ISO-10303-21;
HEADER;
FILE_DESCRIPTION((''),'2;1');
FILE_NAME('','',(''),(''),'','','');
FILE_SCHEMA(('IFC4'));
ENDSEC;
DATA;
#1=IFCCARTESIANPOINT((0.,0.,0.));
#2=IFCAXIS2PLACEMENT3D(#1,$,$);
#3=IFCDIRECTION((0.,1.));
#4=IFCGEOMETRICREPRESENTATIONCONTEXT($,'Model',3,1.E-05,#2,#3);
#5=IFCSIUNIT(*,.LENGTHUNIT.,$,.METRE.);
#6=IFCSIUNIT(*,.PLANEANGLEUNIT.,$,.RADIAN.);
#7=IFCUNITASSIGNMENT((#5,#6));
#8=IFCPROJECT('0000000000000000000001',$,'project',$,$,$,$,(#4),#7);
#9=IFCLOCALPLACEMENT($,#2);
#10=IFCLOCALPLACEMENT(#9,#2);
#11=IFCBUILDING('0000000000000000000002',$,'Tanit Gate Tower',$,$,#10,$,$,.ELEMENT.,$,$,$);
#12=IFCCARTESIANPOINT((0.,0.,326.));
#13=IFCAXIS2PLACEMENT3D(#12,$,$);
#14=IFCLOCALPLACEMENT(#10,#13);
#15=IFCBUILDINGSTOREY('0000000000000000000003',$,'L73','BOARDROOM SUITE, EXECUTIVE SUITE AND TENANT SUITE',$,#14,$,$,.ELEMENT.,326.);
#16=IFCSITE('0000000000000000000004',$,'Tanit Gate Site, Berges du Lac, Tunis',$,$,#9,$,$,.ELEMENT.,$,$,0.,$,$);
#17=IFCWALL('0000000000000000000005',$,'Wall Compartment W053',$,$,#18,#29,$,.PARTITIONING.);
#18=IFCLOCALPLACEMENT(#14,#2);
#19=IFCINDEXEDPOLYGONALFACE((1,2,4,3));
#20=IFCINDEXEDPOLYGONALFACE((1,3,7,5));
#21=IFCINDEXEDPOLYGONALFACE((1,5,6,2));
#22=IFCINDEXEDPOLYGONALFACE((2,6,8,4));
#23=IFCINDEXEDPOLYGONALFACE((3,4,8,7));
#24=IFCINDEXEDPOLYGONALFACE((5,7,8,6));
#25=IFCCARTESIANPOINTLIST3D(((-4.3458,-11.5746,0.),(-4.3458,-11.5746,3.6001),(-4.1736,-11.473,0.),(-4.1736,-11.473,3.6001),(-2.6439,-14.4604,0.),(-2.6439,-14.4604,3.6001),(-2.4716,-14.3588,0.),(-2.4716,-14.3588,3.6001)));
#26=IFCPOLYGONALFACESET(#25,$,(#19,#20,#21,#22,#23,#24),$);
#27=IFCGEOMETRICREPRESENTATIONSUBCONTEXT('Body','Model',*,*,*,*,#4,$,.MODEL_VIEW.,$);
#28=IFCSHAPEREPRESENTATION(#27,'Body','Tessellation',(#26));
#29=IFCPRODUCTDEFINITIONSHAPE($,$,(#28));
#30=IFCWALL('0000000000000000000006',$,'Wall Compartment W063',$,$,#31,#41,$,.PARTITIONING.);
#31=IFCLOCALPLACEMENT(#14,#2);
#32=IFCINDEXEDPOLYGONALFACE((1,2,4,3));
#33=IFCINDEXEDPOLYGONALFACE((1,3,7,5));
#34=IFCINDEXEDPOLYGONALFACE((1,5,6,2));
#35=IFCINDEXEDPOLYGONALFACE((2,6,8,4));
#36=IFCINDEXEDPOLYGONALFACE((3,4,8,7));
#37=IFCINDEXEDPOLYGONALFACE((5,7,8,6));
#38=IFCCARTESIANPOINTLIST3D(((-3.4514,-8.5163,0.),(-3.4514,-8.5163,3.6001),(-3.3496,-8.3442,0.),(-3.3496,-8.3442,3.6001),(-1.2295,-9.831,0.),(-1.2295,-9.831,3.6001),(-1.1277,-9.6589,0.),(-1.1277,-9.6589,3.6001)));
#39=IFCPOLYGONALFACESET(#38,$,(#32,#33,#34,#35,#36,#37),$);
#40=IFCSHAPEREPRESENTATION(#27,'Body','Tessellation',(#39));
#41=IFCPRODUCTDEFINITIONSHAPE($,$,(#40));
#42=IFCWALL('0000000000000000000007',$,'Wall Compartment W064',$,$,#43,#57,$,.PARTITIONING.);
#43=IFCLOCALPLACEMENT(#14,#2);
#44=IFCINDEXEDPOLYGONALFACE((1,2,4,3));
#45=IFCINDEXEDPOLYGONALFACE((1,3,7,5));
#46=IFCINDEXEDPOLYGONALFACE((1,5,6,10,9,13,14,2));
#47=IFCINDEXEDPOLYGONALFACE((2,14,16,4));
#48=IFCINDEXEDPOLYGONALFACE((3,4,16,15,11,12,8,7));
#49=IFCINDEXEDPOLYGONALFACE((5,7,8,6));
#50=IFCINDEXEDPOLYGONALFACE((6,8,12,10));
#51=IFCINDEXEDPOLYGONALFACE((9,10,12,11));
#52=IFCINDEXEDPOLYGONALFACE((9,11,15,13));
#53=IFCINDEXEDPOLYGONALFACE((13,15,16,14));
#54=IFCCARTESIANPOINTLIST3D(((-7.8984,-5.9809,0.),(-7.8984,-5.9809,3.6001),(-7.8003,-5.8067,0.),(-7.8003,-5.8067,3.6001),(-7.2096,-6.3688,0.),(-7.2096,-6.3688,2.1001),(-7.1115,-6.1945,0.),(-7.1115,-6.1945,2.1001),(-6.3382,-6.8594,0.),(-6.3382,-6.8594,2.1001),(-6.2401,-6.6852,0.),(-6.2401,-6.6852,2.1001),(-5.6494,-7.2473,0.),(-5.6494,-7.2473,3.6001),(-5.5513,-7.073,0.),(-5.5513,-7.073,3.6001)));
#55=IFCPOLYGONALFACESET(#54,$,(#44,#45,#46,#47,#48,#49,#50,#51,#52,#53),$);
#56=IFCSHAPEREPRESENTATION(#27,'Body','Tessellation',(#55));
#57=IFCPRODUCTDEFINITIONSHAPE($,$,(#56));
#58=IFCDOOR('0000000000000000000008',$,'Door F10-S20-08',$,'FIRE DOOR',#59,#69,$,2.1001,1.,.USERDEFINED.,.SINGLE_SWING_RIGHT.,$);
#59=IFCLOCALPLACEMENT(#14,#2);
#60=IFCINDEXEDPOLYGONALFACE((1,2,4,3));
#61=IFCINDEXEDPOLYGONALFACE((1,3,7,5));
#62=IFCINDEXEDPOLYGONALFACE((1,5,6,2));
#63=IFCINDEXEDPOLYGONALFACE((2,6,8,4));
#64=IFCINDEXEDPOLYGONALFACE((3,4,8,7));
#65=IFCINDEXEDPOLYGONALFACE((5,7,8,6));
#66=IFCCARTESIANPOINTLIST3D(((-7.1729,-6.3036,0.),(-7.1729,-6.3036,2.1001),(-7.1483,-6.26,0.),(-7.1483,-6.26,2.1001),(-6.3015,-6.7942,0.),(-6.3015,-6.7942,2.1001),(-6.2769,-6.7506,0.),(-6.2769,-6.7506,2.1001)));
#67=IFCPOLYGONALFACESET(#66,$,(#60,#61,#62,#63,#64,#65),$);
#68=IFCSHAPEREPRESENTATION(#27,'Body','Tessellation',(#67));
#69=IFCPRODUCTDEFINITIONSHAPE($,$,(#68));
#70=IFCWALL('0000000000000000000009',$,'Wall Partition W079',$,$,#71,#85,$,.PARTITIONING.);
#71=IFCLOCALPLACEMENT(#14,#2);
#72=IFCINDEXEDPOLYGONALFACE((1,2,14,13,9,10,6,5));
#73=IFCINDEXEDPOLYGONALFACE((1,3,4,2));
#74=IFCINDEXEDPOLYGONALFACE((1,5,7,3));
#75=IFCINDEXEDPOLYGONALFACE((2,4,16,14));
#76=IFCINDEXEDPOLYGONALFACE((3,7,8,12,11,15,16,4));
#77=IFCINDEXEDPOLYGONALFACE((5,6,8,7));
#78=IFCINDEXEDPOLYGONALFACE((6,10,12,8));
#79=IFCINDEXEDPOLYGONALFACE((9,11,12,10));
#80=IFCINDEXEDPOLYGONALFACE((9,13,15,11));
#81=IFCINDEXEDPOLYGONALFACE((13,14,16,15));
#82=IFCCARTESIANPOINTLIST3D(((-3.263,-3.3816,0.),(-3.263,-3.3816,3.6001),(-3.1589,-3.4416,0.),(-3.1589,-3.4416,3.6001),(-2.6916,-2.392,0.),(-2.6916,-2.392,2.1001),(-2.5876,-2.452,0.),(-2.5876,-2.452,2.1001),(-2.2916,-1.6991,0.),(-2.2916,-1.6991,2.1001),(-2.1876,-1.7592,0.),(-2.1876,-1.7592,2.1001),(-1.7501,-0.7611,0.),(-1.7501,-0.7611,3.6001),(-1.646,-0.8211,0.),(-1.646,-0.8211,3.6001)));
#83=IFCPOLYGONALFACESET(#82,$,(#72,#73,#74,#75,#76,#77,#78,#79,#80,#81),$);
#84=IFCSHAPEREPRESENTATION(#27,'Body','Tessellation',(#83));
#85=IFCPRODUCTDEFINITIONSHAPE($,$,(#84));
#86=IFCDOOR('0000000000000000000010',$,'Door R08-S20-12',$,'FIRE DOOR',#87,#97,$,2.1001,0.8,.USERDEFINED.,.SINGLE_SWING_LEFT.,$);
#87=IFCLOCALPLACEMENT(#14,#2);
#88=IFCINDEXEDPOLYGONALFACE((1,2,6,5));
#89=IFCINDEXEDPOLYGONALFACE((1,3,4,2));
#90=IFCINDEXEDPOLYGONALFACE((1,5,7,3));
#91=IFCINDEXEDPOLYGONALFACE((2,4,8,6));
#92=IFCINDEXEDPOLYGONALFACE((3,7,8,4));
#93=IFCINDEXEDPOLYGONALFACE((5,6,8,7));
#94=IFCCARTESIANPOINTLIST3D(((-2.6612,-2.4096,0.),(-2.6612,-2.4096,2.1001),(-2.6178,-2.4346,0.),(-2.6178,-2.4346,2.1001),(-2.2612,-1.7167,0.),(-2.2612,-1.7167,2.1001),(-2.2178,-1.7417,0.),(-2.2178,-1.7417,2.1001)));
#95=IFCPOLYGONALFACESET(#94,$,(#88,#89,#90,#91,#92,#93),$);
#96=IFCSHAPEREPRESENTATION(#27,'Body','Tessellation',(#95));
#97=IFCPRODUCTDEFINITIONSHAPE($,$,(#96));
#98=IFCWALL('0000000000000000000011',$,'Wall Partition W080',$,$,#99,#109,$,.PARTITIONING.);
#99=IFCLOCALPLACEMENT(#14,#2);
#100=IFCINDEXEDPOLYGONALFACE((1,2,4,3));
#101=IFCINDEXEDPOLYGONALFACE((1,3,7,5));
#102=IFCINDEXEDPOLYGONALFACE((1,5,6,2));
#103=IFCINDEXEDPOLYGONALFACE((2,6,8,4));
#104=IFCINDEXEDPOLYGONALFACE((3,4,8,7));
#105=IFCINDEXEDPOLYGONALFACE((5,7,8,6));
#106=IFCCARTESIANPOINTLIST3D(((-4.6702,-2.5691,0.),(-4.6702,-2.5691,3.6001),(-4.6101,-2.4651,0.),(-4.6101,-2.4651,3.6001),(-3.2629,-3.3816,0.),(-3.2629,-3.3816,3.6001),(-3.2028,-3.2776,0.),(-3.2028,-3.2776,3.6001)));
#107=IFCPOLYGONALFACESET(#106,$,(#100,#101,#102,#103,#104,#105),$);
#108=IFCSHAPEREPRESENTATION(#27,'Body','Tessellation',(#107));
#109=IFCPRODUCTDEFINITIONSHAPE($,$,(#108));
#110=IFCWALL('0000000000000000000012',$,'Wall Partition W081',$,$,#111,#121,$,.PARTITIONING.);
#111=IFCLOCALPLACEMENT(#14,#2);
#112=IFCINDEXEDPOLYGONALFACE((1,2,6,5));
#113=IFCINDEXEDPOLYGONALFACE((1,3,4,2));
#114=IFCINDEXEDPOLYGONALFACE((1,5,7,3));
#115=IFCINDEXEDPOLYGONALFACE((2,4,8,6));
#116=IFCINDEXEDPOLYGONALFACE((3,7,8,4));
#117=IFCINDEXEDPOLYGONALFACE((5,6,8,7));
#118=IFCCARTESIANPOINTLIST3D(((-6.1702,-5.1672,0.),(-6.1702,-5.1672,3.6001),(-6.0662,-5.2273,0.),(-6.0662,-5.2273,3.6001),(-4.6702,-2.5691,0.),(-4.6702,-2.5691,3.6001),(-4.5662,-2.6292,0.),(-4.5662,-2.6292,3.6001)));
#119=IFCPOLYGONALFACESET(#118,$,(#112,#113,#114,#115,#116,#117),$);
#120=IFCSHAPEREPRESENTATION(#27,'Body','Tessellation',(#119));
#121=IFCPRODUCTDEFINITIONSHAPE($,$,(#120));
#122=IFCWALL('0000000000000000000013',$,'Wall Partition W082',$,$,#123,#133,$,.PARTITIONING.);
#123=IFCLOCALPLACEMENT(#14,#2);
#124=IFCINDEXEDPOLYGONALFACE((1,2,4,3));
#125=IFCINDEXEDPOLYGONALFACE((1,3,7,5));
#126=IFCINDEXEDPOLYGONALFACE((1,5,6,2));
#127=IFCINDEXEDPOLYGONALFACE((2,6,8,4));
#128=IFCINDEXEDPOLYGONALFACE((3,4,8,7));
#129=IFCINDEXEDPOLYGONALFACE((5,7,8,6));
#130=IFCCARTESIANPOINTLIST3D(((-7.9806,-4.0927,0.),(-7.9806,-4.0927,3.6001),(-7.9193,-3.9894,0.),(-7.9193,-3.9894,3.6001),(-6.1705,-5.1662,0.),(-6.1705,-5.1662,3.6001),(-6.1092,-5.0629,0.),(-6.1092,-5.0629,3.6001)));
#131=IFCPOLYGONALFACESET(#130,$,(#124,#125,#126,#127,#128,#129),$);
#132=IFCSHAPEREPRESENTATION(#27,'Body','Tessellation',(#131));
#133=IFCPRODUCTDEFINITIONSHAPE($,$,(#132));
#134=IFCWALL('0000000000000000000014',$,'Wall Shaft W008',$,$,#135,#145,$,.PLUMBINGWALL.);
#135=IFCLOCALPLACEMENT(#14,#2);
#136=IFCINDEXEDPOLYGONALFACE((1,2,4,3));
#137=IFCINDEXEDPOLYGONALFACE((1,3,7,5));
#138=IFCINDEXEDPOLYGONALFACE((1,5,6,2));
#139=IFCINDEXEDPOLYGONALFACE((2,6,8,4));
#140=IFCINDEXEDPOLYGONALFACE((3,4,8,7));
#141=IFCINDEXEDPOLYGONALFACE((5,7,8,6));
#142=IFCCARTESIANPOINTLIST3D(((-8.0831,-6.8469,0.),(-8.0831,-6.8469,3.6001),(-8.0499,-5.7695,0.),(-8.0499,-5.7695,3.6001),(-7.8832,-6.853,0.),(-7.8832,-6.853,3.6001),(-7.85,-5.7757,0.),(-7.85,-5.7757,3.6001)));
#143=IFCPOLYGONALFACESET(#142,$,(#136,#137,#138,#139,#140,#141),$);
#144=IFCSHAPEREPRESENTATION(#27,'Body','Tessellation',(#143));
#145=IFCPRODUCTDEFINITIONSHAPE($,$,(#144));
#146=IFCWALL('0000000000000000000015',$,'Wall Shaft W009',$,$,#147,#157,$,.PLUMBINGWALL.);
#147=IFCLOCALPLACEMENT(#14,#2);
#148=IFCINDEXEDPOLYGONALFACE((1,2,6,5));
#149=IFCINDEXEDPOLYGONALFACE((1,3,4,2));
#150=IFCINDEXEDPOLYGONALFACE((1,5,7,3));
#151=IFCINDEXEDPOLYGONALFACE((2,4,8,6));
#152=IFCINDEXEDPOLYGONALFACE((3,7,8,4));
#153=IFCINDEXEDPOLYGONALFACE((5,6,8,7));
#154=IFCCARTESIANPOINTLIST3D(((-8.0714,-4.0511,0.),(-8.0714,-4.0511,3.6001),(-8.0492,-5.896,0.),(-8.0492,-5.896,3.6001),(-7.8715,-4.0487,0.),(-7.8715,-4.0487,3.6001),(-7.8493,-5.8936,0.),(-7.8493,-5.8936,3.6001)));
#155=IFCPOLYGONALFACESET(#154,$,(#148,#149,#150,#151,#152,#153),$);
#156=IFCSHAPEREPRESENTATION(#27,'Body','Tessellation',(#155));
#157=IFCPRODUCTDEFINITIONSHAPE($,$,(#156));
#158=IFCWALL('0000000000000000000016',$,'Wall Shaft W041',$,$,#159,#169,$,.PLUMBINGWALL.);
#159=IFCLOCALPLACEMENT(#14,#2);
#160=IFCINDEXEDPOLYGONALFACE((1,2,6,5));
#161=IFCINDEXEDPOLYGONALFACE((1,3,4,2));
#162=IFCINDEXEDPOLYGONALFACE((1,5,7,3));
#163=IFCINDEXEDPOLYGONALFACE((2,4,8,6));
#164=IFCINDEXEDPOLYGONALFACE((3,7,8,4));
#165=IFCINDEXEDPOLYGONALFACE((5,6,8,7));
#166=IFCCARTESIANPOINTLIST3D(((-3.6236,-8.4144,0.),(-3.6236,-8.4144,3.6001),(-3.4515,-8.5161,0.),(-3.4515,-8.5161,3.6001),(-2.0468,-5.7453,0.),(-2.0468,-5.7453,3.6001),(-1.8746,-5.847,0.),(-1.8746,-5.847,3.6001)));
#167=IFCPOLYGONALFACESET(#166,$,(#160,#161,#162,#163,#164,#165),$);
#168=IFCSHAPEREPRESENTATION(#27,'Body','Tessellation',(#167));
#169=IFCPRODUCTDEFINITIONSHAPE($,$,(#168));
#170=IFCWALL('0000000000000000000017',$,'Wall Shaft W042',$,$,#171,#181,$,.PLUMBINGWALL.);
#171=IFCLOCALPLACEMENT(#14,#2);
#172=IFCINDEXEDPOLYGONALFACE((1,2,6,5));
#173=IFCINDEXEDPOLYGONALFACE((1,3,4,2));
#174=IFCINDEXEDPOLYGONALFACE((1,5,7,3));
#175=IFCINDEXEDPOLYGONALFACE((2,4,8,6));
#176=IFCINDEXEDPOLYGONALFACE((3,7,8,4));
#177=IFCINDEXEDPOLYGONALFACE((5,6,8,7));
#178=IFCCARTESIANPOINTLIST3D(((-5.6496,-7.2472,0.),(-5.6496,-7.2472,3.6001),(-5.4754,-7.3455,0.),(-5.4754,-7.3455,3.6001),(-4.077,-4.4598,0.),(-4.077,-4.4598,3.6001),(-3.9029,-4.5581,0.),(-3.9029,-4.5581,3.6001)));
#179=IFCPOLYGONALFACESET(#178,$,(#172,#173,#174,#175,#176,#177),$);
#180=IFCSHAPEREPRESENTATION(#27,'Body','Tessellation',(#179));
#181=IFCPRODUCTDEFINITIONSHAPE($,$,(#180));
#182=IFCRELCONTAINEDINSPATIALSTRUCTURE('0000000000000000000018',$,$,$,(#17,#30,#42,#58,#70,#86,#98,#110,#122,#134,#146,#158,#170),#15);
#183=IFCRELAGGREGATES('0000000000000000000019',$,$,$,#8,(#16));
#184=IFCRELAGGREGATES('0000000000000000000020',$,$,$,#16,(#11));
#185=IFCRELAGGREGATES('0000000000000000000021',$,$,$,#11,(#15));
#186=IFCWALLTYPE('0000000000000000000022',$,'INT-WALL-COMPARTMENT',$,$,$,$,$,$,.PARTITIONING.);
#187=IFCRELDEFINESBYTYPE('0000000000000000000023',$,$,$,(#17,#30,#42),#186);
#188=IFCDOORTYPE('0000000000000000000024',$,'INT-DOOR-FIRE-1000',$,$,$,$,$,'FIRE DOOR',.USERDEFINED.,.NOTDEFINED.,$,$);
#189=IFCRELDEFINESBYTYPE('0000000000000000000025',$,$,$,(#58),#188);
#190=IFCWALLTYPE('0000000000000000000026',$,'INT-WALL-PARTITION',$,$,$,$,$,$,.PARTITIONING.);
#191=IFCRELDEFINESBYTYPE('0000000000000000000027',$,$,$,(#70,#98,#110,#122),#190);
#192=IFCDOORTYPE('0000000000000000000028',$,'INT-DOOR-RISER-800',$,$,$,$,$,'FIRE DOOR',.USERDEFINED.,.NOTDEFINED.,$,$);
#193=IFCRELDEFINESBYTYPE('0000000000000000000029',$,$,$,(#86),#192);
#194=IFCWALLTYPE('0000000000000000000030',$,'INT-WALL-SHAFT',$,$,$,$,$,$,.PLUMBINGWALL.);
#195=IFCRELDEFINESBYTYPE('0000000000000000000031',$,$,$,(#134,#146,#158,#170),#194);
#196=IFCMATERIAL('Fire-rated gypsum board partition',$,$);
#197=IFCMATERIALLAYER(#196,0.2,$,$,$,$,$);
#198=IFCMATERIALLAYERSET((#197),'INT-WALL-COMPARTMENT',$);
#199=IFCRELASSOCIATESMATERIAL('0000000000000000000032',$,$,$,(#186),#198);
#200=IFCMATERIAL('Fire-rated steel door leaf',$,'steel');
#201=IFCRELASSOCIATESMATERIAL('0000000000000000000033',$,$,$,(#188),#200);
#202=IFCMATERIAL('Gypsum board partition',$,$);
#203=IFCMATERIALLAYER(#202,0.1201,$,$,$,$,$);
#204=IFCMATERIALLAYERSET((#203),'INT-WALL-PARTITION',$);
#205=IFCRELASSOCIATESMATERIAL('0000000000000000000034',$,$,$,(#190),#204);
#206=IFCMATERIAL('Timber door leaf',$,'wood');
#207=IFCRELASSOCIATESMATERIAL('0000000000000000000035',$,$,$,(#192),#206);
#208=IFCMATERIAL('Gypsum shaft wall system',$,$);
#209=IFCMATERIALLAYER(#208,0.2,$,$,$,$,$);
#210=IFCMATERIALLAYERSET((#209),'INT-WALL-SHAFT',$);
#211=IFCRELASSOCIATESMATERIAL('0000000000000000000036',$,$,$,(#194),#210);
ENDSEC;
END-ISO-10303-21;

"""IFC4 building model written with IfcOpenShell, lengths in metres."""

from ifc_helpers import new_model, si_unit, direction, frame, frame_2d, origin, place, context, subcontext, project, spatial, rectangle, extrude, material, layer, layer_set, type_object, element, fill, save


model = new_model("IFC4")

# Units and contexts
model_context = context("Model", 3, precision=1e-05, world=origin(), true_north=direction((0.0, 1.0)))
body_context = subcontext(model_context, "Body", "Model", "MODEL_VIEW")
ifc_project = project(units=[si_unit("LENGTHUNIT", "METRE"), si_unit("PLANEANGLEUNIT", "RADIAN")], contexts=[model_context])

# Site, building, storey
site_placement = place(None, origin())
site = spatial("IfcSite", under=ifc_project, at=site_placement, Name="Tanit Gate Site, Berges du Lac, Tunis", CompositionType="ELEMENT", RefElevation=0.0)
building_placement = place(site_placement, origin())
building = spatial("IfcBuilding", under=site, at=building_placement, Name="Tanit Gate Tower", CompositionType="ELEMENT")
storey_placement = place(building_placement, frame((0.0, 0.0, 326.0)))
storey = spatial("IfcBuildingStorey", under=building, at=storey_placement, Name="L73", Description="BOARDROOM SUITE, EXECUTIVE SUITE AND TENANT SUITE", CompositionType="ELEMENT", Elevation=326.0)

# Walls
ifc_material_1 = material(Name="Fire-rated gypsum board partition")
ifc_layer_1 = layer(ifc_material_1, 0.2)
ifc_layer_set_1 = layer_set([ifc_layer_1], Name="INT-WALL-COMPARTMENT")
wall_type_1 = type_object("IfcWallType", Name="INT-WALL-COMPARTMENT", PredefinedType="PARTITIONING", material=ifc_layer_set_1)
wall_1_placement = place(storey_placement, frame((-4.2598, -11.5237, 0.0), z_axis=(0.0, 0.0, 1.0), x_axis=(0.507997, -0.861359, 0.0)))
element("IfcWall", 1, at=wall_1_placement, inside=storey, type_object=wall_type_1, Name="Wall Compartment W053", PredefinedType="PARTITIONING", context=body_context, shape_type="SweptSolid", body=[
    extrude(rectangle(XDim=3.3503, YDim=0.2, at=frame_2d((1.6753, 0.0))), origin(), (0.0, 0.0, 1.0), 3.6001),
])
wall_2_placement = place(storey_placement, frame((-3.4006, -8.4302, 0.0), z_axis=(0.0, 0.0, 1.0), x_axis=(0.860631, -0.509229, 0.0)))
element("IfcWall", 2, at=wall_2_placement, inside=storey, type_object=wall_type_1, Name="Wall Compartment W063", PredefinedType="PARTITIONING", context=body_context, shape_type="SweptSolid", body=[
    extrude(rectangle(XDim=2.5818, YDim=0.2, at=frame_2d((1.291, 0.0))), origin(), (0.0, 0.0, 1.0), 3.6001),
])

# Walls, openings, doors
wall_3_placement = place(storey_placement, frame((-7.8494, -5.8938, 0.0), z_axis=(0.0, 0.0, 1.0), x_axis=(0.871363, -0.490638, 0.0)))
wall_3 = element("IfcWall", 3, at=wall_3_placement, inside=storey, type_object=wall_type_1, Name="Wall Compartment W064", PredefinedType="PARTITIONING", context=body_context, shape_type="SweptSolid", body=[
    extrude(rectangle(XDim=2.5811, YDim=0.2, at=frame_2d((1.2905, 0.0))), origin(), (0.0, 0.0, 1.0), 3.6001),
])
opening_1_placement = place(wall_3_placement, frame((0.7905, 0.0, 0.0)))
opening_1 = element("IfcOpeningElement", 4, at=opening_1_placement, cuts=wall_3, PredefinedType="OPENING", context=body_context, shape_type="SweptSolid", body=[
    extrude(rectangle(XDim=1.0, YDim=2.1001, at=frame_2d((0.5, 1.05))), frame((0.0, 0.1099, 0.0), z_axis=(0.0, -1.0, 0.0), x_axis=(1.0, 0.0, 0.0)), (0.0, 0.0, 1.0), 0.22),
])
ifc_material_2 = material(Name="Fire-rated steel door leaf", Category="steel")
door_type_1 = type_object("IfcDoorType", Name="INT-DOOR-FIRE-1000", ElementType="FIRE DOOR", OperationType="NOTDEFINED", PredefinedType="USERDEFINED", material=ifc_material_2)
door_1_placement = place(opening_1_placement, origin())
door_1 = element("IfcDoor", 5, at=door_1_placement, inside=storey, type_object=door_type_1, Name="Door F10-S20-08", ObjectType="FIRE DOOR", OperationType="SINGLE_SWING_RIGHT", OverallHeight=2.1001, OverallWidth=1.0, PredefinedType="USERDEFINED", context=body_context, shape_type="SweptSolid", body=[
    extrude(rectangle(XDim=1.0, YDim=2.1001, at=frame_2d((0.5, 1.05))), frame((0.0, 0.0249, 0.0), z_axis=(0.0, -1.0, 0.0), x_axis=(1.0, 0.0, 0.0)), (0.0, 0.0, 1.0), 0.05),
])
fill(opening_1, door_1)
ifc_material_3 = material(Name="Gypsum board partition")
ifc_layer_2 = layer(ifc_material_3, 0.1201)
ifc_layer_set_2 = layer_set([ifc_layer_2], Name="INT-WALL-PARTITION")
wall_type_2 = type_object("IfcWallType", Name="INT-WALL-PARTITION", PredefinedType="PARTITIONING", material=ifc_layer_set_2)
wall_4_placement = place(storey_placement, frame((-3.2109, -3.4116, 0.0), z_axis=(0.0, 0.0, 1.0), x_axis=(0.499983, 0.866035, 0.0)))
wall_4 = element("IfcWall", 6, at=wall_4_placement, inside=storey, type_object=wall_type_2, Name="Wall Partition W079", PredefinedType="PARTITIONING", context=body_context, shape_type="SweptSolid", body=[
    extrude(rectangle(XDim=3.0259, YDim=0.1201, at=frame_2d((1.5129, 0.0))), origin(), (0.0, 0.0, 1.0), 3.6001),
])
opening_2_placement = place(wall_4_placement, frame((1.1428, 0.0, 0.0)))
opening_2 = element("IfcOpeningElement", 7, at=opening_2_placement, cuts=wall_4, PredefinedType="OPENING", context=body_context, shape_type="SweptSolid", body=[
    extrude(rectangle(XDim=0.8, YDim=2.1001, at=frame_2d((0.3999, 1.05))), frame((0.0, 0.0701, 0.0), z_axis=(0.0, -1.0, 0.0), x_axis=(1.0, 0.0, 0.0)), (0.0, 0.0, 1.0), 0.1401),
])
ifc_material_4 = material(Name="Timber door leaf", Category="wood")
door_type_2 = type_object("IfcDoorType", Name="INT-DOOR-RISER-800", ElementType="FIRE DOOR", OperationType="NOTDEFINED", PredefinedType="USERDEFINED", material=ifc_material_4)
door_2_placement = place(opening_2_placement, origin())
door_2 = element("IfcDoor", 8, at=door_2_placement, inside=storey, type_object=door_type_2, Name="Door R08-S20-12", ObjectType="FIRE DOOR", OperationType="SINGLE_SWING_LEFT", OverallHeight=2.1001, OverallWidth=0.8, PredefinedType="USERDEFINED", context=body_context, shape_type="SweptSolid", body=[
    extrude(rectangle(XDim=0.8, YDim=2.1001, at=frame_2d((0.3999, 1.05))), frame((0.0, 0.0249, 0.0), z_axis=(0.0, -1.0, 0.0), x_axis=(1.0, 0.0, 0.0)), (0.0, 0.0, 1.0), 0.05),
])
fill(opening_2, door_2)

# Walls
wall_5_placement = place(storey_placement, frame((-4.6401, -2.5171, 0.0), z_axis=(0.0, 0.0, 1.0), x_axis=(0.866015, -0.500017, 0.0)))
element("IfcWall", 9, at=wall_5_placement, inside=storey, type_object=wall_type_2, Name="Wall Partition W080", PredefinedType="PARTITIONING", context=body_context, shape_type="SweptSolid", body=[
    extrude(rectangle(XDim=1.625, YDim=0.1201, at=frame_2d((0.8125, 0.0))), origin(), (0.0, 0.0, 1.0), 3.6001),
])
wall_6_placement = place(storey_placement, frame((-6.1182, -5.1973, 0.0), z_axis=(0.0, 0.0, 1.0), x_axis=(0.49999, 0.866031, 0.0)))
element("IfcWall", 10, at=wall_6_placement, inside=storey, type_object=wall_type_2, Name="Wall Partition W081", PredefinedType="PARTITIONING", context=body_context, shape_type="SweptSolid", body=[
    extrude(rectangle(XDim=3.0, YDim=0.1201, at=frame_2d((1.5, 0.0))), origin(), (0.0, 0.0, 1.0), 3.6001),
])
wall_7_placement = place(storey_placement, frame((-7.95, -4.041, 0.0), z_axis=(0.0, 0.0, 1.0), x_axis=(0.860112, -0.510104, 0.0)))
element("IfcWall", 11, at=wall_7_placement, inside=storey, type_object=wall_type_2, Name="Wall Partition W082", PredefinedType="PARTITIONING", context=body_context, shape_type="SweptSolid", body=[
    extrude(rectangle(XDim=2.1045, YDim=0.1201, at=frame_2d((1.0522, 0.0))), origin(), (0.0, 0.0, 1.0), 3.6001),
])
ifc_material_5 = material(Name="Gypsum shaft wall system")
ifc_layer_3 = layer(ifc_material_5, 0.2)
ifc_layer_set_3 = layer_set([ifc_layer_3], Name="INT-WALL-SHAFT")
wall_type_3 = type_object("IfcWallType", Name="INT-WALL-SHAFT", PredefinedType="PLUMBINGWALL", material=ifc_layer_set_3)
wall_8_placement = place(storey_placement, frame((-7.95, -5.7725, 0.0), z_axis=(0.0, 0.0, 1.0), x_axis=(-0.030803, -0.999525, 0.0)))
element("IfcWall", 12, at=wall_8_placement, inside=storey, type_object=wall_type_3, Name="Wall Shaft W008", PredefinedType="PLUMBINGWALL", context=body_context, shape_type="SweptSolid", body=[
    extrude(rectangle(XDim=1.0779, YDim=0.2, at=frame_2d((0.5391, 0.0))), origin(), (0.0, 0.0, 1.0), 3.6001),
])
wall_9_placement = place(storey_placement, frame((-7.9714, -4.05, 0.0), z_axis=(0.0, 0.0, 1.0), x_axis=(0.012043, -0.999927, 0.0)))
element("IfcWall", 13, at=wall_9_placement, inside=storey, type_object=wall_type_3, Name="Wall Shaft W009", PredefinedType="PLUMBINGWALL", context=body_context, shape_type="SweptSolid", body=[
    extrude(rectangle(XDim=1.845, YDim=0.2, at=frame_2d((0.9224, 0.0))), origin(), (0.0, 0.0, 1.0), 3.6001),
])

# Walls
wall_10_placement = place(storey_placement, frame((-1.9607, -5.7961, 0.0), z_axis=(0.0, 0.0, 1.0), x_axis=(-0.508647, -0.860975, 0.0)))
element("IfcWall", 14, at=wall_10_placement, inside=storey, type_object=wall_type_3, Name="Wall Shaft W041", PredefinedType="PLUMBINGWALL", context=body_context, shape_type="SweptSolid", body=[
    extrude(rectangle(XDim=3.1001, YDim=0.2, at=frame_2d((1.55, 0.0))), origin(), (0.0, 0.0, 1.0), 3.6001),
])
wall_11_placement = place(storey_placement, frame((-3.99, -4.509, 0.0), z_axis=(0.0, 0.0, 1.0), x_axis=(-0.491358, -0.870958, 0.0)))
element("IfcWall", 15, at=wall_11_placement, inside=storey, type_object=wall_type_3, Name="Wall Shaft W042", PredefinedType="PLUMBINGWALL", context=body_context, shape_type="SweptSolid", body=[
    extrude(rectangle(XDim=3.2004, YDim=0.2, at=frame_2d((1.6001, 0.0))), origin(), (0.0, 0.0, 1.0), 3.6001),
])

save(model, "model.ifc")
